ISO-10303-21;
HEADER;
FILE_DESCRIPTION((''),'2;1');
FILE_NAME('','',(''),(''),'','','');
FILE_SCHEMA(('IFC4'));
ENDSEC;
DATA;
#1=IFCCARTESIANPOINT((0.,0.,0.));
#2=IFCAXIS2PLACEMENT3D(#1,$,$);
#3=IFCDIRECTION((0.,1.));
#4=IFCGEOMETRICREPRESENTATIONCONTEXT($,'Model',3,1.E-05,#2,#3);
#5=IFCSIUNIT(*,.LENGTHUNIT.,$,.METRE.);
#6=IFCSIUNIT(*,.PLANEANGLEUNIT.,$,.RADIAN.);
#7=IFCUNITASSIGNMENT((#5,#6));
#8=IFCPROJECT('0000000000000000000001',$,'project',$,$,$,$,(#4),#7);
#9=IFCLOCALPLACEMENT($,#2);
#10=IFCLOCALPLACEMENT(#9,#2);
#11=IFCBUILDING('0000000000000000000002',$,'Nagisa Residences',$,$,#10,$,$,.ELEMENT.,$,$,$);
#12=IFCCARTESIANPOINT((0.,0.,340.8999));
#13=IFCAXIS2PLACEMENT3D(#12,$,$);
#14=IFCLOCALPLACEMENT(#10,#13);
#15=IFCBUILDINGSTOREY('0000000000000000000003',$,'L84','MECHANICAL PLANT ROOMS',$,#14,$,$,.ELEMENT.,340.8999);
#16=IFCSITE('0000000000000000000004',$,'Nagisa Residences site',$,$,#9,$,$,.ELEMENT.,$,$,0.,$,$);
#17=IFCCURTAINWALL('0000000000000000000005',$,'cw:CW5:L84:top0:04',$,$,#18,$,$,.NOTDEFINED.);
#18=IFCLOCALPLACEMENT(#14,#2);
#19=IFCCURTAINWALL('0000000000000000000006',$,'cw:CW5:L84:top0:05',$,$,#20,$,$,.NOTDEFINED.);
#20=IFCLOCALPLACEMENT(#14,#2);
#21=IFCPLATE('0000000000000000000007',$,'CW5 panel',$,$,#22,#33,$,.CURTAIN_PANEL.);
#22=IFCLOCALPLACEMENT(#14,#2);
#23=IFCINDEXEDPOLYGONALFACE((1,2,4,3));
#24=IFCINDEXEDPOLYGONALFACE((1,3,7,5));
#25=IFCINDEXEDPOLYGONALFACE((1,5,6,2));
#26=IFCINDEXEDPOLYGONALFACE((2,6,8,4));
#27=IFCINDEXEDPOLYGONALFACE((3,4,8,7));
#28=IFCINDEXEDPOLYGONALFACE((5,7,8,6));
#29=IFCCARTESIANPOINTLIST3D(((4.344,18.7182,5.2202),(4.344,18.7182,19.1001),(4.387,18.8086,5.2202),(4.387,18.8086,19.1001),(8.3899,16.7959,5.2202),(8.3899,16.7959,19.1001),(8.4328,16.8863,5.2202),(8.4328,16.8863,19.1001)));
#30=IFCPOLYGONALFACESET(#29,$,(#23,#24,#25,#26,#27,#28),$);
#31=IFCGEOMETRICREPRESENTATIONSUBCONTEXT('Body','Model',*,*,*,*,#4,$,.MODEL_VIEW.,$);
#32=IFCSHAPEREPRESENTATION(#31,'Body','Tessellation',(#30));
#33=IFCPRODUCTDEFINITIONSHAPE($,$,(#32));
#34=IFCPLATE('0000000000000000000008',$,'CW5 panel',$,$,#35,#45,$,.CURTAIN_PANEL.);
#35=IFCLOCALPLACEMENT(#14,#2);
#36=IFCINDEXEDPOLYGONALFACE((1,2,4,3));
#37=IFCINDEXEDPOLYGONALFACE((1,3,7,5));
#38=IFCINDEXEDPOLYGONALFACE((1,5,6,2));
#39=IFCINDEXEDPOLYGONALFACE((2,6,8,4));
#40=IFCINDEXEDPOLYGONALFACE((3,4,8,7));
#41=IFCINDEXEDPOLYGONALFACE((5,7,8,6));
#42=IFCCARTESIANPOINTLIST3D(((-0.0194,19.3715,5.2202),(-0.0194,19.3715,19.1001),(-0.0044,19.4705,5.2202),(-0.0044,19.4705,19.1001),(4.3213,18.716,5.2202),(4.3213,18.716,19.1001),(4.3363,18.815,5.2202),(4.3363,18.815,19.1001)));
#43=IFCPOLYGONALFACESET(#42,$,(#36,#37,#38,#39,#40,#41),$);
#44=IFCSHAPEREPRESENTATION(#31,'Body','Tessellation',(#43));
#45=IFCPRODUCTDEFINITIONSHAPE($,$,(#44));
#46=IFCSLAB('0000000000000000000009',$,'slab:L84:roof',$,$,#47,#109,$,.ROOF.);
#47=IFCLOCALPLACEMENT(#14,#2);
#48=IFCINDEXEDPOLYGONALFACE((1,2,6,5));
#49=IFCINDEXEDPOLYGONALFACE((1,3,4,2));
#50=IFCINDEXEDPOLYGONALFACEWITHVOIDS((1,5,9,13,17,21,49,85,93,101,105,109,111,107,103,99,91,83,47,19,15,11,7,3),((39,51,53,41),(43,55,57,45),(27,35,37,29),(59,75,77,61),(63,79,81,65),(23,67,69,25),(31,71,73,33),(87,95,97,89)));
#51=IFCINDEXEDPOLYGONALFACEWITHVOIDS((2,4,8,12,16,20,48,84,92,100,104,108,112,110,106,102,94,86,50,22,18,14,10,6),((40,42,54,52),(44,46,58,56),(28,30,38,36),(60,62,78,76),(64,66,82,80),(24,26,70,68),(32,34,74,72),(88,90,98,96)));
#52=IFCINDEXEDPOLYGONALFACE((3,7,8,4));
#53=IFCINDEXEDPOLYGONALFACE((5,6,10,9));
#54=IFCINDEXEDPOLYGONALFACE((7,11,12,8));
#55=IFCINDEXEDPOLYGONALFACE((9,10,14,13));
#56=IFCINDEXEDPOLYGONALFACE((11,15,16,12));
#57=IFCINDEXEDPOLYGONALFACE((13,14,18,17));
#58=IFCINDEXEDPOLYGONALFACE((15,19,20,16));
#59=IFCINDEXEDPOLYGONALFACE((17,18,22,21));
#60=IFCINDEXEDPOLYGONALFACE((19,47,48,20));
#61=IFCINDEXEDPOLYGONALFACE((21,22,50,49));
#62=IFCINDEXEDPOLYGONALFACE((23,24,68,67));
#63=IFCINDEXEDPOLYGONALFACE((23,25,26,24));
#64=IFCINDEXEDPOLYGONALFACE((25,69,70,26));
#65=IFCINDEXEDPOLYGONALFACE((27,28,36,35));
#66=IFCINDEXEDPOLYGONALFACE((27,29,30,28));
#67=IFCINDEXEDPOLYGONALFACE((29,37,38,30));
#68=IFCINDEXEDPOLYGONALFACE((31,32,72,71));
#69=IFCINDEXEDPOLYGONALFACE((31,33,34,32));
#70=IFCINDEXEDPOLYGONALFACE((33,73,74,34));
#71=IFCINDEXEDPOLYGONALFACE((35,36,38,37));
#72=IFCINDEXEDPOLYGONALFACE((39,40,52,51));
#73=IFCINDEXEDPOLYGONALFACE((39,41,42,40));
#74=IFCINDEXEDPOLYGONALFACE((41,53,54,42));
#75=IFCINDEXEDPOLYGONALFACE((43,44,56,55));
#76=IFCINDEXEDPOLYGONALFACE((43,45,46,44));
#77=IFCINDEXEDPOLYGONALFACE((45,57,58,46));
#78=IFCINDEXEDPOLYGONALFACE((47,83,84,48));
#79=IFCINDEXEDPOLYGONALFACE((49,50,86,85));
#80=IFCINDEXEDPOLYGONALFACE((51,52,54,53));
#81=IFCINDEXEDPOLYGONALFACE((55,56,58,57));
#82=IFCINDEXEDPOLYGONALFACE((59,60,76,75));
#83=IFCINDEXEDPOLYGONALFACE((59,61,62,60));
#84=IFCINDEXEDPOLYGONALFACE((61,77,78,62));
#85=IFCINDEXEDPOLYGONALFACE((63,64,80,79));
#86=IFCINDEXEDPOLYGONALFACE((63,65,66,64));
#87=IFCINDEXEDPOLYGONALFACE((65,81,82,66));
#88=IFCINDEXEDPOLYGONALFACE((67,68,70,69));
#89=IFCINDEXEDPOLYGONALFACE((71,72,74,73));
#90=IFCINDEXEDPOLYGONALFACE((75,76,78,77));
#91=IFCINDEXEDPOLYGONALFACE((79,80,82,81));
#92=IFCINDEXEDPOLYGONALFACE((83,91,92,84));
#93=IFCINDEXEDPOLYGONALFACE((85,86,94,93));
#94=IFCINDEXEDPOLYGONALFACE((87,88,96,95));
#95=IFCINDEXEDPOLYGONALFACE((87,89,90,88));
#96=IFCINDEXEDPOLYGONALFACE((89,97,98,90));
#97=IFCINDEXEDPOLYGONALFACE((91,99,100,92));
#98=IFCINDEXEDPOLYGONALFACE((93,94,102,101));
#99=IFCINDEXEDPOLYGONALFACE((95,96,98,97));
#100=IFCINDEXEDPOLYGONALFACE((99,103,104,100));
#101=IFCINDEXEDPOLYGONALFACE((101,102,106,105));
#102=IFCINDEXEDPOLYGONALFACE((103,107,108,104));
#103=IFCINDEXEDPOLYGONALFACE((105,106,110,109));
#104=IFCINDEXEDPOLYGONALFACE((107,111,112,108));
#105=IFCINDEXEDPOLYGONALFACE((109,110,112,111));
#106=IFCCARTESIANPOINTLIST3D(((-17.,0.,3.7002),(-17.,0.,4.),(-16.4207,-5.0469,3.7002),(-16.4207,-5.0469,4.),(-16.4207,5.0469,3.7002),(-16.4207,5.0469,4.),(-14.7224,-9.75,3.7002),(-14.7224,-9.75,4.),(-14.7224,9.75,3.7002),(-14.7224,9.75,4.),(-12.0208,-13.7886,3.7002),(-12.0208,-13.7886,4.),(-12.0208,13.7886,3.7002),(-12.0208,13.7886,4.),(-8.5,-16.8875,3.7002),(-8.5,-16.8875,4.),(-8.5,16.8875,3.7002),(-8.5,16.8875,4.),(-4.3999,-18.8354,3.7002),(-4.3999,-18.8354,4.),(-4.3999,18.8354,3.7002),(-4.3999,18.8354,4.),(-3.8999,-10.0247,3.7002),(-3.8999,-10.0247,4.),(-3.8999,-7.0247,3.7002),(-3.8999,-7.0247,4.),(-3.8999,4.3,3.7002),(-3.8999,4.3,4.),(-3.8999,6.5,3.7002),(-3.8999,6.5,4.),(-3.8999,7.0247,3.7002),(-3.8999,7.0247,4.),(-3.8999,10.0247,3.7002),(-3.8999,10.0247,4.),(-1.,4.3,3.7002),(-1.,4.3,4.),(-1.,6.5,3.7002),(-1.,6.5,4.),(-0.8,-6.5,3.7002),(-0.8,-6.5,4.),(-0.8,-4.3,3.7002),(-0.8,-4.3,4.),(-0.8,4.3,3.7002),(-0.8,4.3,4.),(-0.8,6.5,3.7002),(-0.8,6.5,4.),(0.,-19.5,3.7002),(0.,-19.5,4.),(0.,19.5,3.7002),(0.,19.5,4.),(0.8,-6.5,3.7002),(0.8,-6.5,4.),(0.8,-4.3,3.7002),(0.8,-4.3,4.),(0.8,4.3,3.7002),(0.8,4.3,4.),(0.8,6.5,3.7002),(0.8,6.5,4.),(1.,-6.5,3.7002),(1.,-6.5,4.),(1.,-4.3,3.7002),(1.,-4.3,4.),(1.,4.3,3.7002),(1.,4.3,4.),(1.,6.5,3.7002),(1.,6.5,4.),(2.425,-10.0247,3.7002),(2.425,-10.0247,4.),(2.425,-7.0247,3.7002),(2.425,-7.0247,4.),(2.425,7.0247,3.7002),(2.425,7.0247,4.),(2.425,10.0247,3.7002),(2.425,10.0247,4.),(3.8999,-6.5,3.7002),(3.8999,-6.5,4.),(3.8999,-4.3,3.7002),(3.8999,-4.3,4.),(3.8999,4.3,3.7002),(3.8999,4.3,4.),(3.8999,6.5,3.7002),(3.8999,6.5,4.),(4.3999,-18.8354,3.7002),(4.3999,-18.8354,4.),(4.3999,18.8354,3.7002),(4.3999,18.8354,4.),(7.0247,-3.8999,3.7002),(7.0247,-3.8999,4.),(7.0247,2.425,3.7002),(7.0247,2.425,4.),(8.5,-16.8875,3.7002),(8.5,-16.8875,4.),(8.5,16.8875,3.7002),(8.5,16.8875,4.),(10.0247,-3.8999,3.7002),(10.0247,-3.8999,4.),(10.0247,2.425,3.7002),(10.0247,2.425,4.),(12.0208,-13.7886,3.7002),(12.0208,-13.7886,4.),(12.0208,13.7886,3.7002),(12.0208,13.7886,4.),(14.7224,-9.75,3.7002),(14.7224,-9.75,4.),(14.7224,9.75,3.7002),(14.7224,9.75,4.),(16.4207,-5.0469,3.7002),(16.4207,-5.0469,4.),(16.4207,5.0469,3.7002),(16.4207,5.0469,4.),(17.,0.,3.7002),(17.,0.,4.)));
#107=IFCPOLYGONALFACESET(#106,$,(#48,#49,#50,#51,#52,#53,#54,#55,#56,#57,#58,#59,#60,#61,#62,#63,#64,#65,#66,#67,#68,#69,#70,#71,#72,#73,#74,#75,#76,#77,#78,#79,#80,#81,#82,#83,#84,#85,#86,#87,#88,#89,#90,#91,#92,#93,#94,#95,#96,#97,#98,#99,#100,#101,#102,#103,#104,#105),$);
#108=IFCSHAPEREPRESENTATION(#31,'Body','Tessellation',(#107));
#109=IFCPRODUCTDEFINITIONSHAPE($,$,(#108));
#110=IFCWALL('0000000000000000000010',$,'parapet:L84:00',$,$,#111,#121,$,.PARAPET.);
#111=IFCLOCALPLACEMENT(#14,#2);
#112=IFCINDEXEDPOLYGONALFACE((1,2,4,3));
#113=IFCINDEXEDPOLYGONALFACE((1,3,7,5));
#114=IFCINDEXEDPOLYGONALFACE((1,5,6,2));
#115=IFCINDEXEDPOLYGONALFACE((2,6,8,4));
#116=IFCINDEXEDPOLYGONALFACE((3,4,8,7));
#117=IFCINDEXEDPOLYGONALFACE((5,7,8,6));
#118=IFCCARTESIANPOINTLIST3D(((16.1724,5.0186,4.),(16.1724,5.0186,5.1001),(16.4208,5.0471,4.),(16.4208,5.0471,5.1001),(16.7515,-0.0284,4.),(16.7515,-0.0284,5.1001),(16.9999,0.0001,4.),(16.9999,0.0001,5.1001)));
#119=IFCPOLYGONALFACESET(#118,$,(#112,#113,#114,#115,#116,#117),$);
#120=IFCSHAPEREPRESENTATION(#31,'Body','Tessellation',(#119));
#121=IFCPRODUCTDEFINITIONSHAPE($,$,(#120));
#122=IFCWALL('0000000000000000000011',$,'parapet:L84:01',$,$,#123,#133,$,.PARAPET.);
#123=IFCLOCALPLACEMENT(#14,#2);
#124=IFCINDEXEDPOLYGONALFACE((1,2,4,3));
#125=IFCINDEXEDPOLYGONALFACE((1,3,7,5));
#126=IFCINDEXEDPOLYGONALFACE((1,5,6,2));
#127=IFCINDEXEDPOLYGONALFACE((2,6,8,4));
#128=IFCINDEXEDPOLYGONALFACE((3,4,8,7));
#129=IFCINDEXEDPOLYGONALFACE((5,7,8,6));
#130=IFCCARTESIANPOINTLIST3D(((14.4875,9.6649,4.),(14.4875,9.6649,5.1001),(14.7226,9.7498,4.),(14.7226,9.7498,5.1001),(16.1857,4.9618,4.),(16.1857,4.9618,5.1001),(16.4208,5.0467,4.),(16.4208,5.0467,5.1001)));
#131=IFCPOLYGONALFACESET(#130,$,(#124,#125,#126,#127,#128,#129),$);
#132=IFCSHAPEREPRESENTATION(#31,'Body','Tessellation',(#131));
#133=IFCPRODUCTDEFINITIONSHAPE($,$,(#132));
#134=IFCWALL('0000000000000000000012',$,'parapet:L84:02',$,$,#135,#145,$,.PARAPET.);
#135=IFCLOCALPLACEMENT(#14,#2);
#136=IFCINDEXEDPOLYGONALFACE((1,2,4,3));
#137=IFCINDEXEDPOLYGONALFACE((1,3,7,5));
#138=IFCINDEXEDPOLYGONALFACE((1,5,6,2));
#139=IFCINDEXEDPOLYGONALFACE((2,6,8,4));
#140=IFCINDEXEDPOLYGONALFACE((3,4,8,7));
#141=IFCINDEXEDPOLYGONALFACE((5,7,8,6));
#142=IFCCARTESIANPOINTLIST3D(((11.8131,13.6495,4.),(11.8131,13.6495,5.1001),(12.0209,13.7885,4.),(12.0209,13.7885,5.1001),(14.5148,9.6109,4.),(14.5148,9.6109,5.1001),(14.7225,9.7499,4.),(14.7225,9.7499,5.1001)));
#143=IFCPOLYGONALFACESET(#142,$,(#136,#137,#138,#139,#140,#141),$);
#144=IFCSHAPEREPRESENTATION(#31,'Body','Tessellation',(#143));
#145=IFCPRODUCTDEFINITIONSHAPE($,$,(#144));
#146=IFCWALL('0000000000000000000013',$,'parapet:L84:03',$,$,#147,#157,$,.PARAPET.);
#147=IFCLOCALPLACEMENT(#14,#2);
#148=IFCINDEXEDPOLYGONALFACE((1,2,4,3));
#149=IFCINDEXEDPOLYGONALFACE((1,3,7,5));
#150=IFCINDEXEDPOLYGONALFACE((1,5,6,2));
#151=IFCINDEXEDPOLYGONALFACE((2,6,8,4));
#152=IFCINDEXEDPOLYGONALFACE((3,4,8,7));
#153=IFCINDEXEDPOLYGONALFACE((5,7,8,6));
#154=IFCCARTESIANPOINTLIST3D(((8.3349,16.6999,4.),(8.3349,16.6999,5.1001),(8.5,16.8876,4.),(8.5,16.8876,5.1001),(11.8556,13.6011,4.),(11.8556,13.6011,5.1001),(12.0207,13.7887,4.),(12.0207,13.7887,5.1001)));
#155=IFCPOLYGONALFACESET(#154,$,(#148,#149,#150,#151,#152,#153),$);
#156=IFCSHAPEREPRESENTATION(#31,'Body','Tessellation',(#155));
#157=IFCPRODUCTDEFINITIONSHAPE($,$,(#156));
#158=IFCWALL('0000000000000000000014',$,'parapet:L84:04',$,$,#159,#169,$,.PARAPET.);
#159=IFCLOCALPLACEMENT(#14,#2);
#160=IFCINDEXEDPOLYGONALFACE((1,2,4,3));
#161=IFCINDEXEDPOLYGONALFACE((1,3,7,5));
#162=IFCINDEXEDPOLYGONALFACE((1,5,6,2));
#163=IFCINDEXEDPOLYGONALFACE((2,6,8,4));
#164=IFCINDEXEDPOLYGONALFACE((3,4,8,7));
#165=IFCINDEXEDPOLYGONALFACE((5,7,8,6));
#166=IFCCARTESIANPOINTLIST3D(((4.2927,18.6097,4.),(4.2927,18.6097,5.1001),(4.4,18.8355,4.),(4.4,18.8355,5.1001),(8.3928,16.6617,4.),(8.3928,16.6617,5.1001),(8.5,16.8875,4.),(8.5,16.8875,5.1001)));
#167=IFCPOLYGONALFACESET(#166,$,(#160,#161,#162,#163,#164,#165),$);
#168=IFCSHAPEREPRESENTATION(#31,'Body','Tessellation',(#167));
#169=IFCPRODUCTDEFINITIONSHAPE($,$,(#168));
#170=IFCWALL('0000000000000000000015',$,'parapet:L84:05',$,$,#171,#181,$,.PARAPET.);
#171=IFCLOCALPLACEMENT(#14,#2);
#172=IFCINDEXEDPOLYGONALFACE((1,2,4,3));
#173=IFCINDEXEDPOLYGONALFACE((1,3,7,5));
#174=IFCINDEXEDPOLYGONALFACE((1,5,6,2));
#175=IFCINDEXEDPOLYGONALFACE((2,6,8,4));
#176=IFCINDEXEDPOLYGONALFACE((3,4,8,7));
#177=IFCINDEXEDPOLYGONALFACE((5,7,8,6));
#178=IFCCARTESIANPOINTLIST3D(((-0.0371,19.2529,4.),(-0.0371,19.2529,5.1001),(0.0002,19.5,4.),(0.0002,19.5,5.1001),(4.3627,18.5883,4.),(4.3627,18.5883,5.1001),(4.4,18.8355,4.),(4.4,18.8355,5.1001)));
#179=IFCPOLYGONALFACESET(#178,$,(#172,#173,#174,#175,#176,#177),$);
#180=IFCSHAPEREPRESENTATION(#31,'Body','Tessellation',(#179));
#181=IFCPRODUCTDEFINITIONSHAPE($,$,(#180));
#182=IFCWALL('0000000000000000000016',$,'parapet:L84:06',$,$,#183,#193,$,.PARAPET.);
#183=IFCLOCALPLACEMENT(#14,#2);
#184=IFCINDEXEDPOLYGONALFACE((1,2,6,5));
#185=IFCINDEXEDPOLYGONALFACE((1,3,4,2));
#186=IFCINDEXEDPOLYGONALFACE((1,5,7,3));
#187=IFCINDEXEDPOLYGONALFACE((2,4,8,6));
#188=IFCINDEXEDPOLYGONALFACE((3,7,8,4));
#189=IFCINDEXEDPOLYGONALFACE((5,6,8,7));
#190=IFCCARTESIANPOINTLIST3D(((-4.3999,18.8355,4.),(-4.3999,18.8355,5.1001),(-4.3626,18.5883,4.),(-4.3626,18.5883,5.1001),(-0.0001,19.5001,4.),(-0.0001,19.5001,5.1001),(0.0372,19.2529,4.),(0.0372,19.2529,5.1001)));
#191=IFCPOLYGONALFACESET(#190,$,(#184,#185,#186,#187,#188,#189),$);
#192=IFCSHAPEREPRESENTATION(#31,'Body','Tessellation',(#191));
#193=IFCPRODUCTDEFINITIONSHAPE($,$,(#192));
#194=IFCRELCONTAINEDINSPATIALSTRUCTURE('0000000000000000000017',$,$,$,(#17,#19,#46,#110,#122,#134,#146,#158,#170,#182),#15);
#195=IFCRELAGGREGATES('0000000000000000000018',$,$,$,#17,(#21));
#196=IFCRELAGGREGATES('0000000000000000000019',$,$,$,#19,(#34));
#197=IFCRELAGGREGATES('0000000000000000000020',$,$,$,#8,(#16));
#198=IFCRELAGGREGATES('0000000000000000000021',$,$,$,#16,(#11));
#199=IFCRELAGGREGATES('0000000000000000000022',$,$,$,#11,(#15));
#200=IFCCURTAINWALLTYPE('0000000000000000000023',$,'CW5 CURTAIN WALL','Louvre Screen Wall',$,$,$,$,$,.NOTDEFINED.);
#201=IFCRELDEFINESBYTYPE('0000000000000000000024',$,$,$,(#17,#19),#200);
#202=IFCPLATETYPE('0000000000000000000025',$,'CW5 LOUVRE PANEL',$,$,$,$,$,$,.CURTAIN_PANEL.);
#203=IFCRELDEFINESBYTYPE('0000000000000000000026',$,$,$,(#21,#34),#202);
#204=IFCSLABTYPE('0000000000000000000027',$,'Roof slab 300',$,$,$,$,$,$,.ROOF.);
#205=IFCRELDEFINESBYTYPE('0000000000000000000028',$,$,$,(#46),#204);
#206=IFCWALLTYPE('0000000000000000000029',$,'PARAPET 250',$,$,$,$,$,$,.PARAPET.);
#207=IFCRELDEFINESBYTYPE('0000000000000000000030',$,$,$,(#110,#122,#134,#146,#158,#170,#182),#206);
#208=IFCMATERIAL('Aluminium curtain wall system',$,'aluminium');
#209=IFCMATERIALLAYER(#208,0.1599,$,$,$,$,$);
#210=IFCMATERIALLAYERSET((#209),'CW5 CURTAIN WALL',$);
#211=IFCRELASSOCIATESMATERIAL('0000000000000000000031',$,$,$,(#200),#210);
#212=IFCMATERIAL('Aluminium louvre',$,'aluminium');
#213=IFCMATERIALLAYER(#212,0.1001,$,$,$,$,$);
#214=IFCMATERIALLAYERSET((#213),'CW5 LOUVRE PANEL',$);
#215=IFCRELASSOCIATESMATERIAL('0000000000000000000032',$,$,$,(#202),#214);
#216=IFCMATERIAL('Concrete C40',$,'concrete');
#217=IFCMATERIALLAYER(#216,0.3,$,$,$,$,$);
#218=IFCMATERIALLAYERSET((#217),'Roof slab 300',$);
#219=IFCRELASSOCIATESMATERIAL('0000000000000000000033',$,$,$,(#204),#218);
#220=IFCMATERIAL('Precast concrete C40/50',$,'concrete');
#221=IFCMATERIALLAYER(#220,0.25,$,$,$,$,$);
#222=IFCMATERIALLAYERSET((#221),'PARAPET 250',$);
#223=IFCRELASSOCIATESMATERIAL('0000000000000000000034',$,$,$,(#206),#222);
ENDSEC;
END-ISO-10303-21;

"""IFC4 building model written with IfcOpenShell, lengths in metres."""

from ifc_helpers import new_model, si_unit, direction, frame, frame_2d, origin, origin_2d, place, context, subcontext, project, spatial, polyline, rectangle, outline, extrude, material, layer, layer_set, type_object, element, aggregate, save


model = new_model("IFC4")

# Units and contexts
model_context = context("Model", 3, precision=1e-05, world=origin(), true_north=direction((0.0, 1.0)))
body_context = subcontext(model_context, "Body", "Model", "MODEL_VIEW")
ifc_project = project(units=[si_unit("LENGTHUNIT", "METRE"), si_unit("PLANEANGLEUNIT", "RADIAN")], contexts=[model_context])

# Site, building, storey
site_placement = place(None, origin())
site = spatial("IfcSite", under=ifc_project, at=site_placement, Name="Nagisa Residences site", CompositionType="ELEMENT", RefElevation=0.0)
building_placement = place(site_placement, origin())
building = spatial("IfcBuilding", under=site, at=building_placement, Name="Nagisa Residences", CompositionType="ELEMENT")
storey_placement = place(building_placement, frame((0.0, 0.0, 340.8999)))
storey = spatial("IfcBuildingStorey", under=building, at=storey_placement, Name="L84", Description="MECHANICAL PLANT ROOMS", CompositionType="ELEMENT", Elevation=340.8999)

# Curtain walls
ifc_material_1 = material(Name="Aluminium curtain wall system", Category="aluminium")
ifc_layer_1 = layer(ifc_material_1, 0.1599)
ifc_layer_set_1 = layer_set([ifc_layer_1], Name="CW5 CURTAIN WALL")
curtain_wall_type = type_object("IfcCurtainWallType", Name="CW5 CURTAIN WALL", Description="Louvre Screen Wall", PredefinedType="NOTDEFINED", material=ifc_layer_set_1)
curtain_wall_1_placement = place(storey_placement, origin())
curtain_wall_1 = element("IfcCurtainWall", 1, at=curtain_wall_1_placement, inside=storey, type_object=curtain_wall_type, Name="cw:CW5:L84:top0:04", PredefinedType="NOTDEFINED")
curtain_wall_2_placement = place(storey_placement, origin())
curtain_wall_2 = element("IfcCurtainWall", 2, at=curtain_wall_2_placement, inside=storey, type_object=curtain_wall_type, Name="cw:CW5:L84:top0:05", PredefinedType="NOTDEFINED")

# Plates
ifc_material_2 = material(Name="Aluminium louvre", Category="aluminium")
ifc_layer_2 = layer(ifc_material_2, 0.1001)
ifc_layer_set_2 = layer_set([ifc_layer_2], Name="CW5 LOUVRE PANEL")
plate_type = type_object("IfcPlateType", Name="CW5 LOUVRE PANEL", PredefinedType="CURTAIN_PANEL", material=ifc_layer_set_2)
plate_1_placement = place(storey_placement, frame((6.3884, 17.8022, 5.2202), z_axis=(0.0, 0.0, 1.0), x_axis=(-0.903233, 0.429151, 0.0)))
plate_1 = element("IfcPlate", 3, at=plate_1_placement, type_object=plate_type, Name="CW5 panel", PredefinedType="CURTAIN_PANEL", context=body_context, shape_type="SweptSolid", body=[
    extrude(rectangle(XDim=4.4792, YDim=0.1001, at=origin_2d()), origin(), (0.0, 0.0, 1.0), 13.8799),
])
aggregate(curtain_wall_1, [plate_1])
plate_2_placement = place(storey_placement, frame((2.1584, 19.0933, 5.2202), z_axis=(0.0, 0.0, 1.0), x_axis=(-0.988789, 0.14932, 0.0)))
plate_2 = element("IfcPlate", 4, at=plate_2_placement, type_object=plate_type, Name="CW5 panel", PredefinedType="CURTAIN_PANEL", context=body_context, shape_type="SweptSolid", body=[
    extrude(rectangle(XDim=4.3899, YDim=0.1001, at=origin_2d()), origin(), (0.0, 0.0, 1.0), 13.8799),
])
aggregate(curtain_wall_2, [plate_2])

# Slab
ifc_material_3 = material(Name="Concrete C40", Category="concrete")
ifc_layer_3 = layer(ifc_material_3, 0.3)
ifc_layer_set_3 = layer_set([ifc_layer_3], Name="Roof slab 300")
slab_type = type_object("IfcSlabType", Name="Roof slab 300", PredefinedType="ROOF", material=ifc_layer_set_3)
slab_placement = place(storey_placement, frame((0.0, 0.0, 3.7002)))
element("IfcSlab", 5, at=slab_placement, inside=storey, type_object=slab_type, Name="slab:L84:roof", PredefinedType="ROOF", context=body_context, shape_type="SweptSolid", body=[
    extrude(outline(polyline([(17.0, 0.0), (16.4207, 5.0469), (14.7224, 9.75), (12.0208, 13.7886), (8.5, 16.8875), (4.3999, 18.8354), (0.0, 19.5), (-4.3999, 18.8354), (-8.5, 16.8875), (-12.0208, 13.7886), (-14.7224, 9.75), (-16.4207, 5.0469), (-17.0, 0.0), (-16.4207, -5.0469), (-14.7224, -9.75), (-12.0208, -13.7886), (-8.5, -16.8875), (-4.3999, -18.8354), (0.0, -19.5), (4.3999, -18.8354), (8.5, -16.8875), (12.0208, -13.7886), (14.7224, -9.75), (16.4207, -5.0469), (17.0, 0.0)]), holes=[polyline([(3.8999, 4.3), (3.8999, 6.5), (1.0, 6.5), (1.0, 4.3), (3.8999, 4.3)]), polyline([(3.8999, -6.5), (3.8999, -4.3), (1.0, -4.3), (1.0, -6.5), (3.8999, -6.5)]), polyline([(-1.0, 4.3), (-1.0, 6.5), (-3.8999, 6.5), (-3.8999, 4.3), (-1.0, 4.3)]), polyline([(0.8, 4.3), (0.8, 6.5), (-0.8, 6.5), (-0.8, 4.3), (0.8, 4.3)]), polyline([(0.8, -6.5), (0.8, -4.3), (-0.8, -4.3), (-0.8, -6.5), (0.8, -6.5)]), polyline([(10.0247, -3.8999), (7.0247, -3.8999), (7.0247, 2.425), (10.0247, 2.425), (10.0247, -3.8999)]), polyline([(-3.8999, 7.0247), (-3.8999, 10.0247), (2.425, 10.0247), (2.425, 7.0247), (-3.8999, 7.0247)]), polyline([(-3.8999, -10.0247), (-3.8999, -7.0247), (2.425, -7.0247), (2.425, -10.0247), (-3.8999, -10.0247)])]), origin(), (0.0, 0.0, 1.0), 0.2998),
])

# Walls
ifc_material_4 = material(Name="Precast concrete C40/50", Category="concrete")
ifc_layer_4 = layer(ifc_material_4, 0.25)
ifc_layer_set_4 = layer_set([ifc_layer_4], Name="PARAPET 250")
wall_type = type_object("IfcWallType", Name="PARAPET 250", PredefinedType="PARAPET", material=ifc_layer_set_4)
wall_1_placement = place(storey_placement, frame((16.8757, -0.0142, 4.0), z_axis=(0.0, 0.0, 1.0), x_axis=(-0.113997, 0.993481, 0.0)))
element("IfcWall", 6, at=wall_1_placement, inside=storey, type_object=wall_type, Name="parapet:L84:00", PredefinedType="PARAPET", context=body_context, shape_type="SweptSolid", body=[
    extrude(rectangle(XDim=5.0801, YDim=0.25, at=frame_2d((2.54, 0.0))), origin(), (0.0, 0.0, 1.0), 1.1001),
])
wall_2_placement = place(storey_placement, frame((16.3032, 5.0044, 4.0), z_axis=(0.0, 0.0, 1.0), x_axis=(-0.339625, 0.940561, 0.0)))
element("IfcWall", 7, at=wall_2_placement, inside=storey, type_object=wall_type, Name="parapet:L84:01", PredefinedType="PARAPET", context=body_context, shape_type="SweptSolid", body=[
    extrude(rectangle(XDim=5.0002, YDim=0.25, at=frame_2d((2.5, 0.0))), origin(), (0.0, 0.0, 1.0), 1.1001),
])
wall_3_placement = place(storey_placement, frame((14.6187, 9.6804, 4.0), z_axis=(0.0, 0.0, 1.0), x_axis=(-0.556021, 0.831168, 0.0)))
element("IfcWall", 8, at=wall_3_placement, inside=storey, type_object=wall_type, Name="parapet:L84:02", PredefinedType="PARAPET", context=body_context, shape_type="SweptSolid", body=[
    extrude(rectangle(XDim=4.8589, YDim=0.25, at=frame_2d((2.4294, 0.0))), origin(), (0.0, 0.0, 1.0), 1.1001),
])
wall_4_placement = place(storey_placement, frame((11.9382, 13.6948, 4.0), z_axis=(0.0, 0.0, 1.0), x_axis=(-0.750648, 0.660702, 0.0)))
element("IfcWall", 9, at=wall_4_placement, inside=storey, type_object=wall_type, Name="parapet:L84:03", PredefinedType="PARAPET", context=body_context, shape_type="SweptSolid", body=[
    extrude(rectangle(XDim=4.6902, YDim=0.25, at=frame_2d((2.3452, 0.0))), origin(), (0.0, 0.0, 1.0), 1.1001),
])
wall_5_placement = place(storey_placement, frame((8.4463, 16.7747, 4.0), z_axis=(0.0, 0.0, 1.0), x_axis=(-0.903239, 0.429138, 0.0)))
element("IfcWall", 10, at=wall_5_placement, inside=storey, type_object=wall_type, Name="parapet:L84:04", PredefinedType="PARAPET", context=body_context, shape_type="SweptSolid", body=[
    extrude(rectangle(XDim=4.5393, YDim=0.25, at=frame_2d((2.2695, 0.0))), origin(), (0.0, 0.0, 1.0), 1.1001),
])
for number, where, z_axis, x_axis, name in (
    (11, (4.3813, 18.7119, 4.0), (0.0, 0.0, 1.0), (-0.988785, 0.149344, 0.0), "parapet:L84:05"),
    (12, (0.0186, 19.3765, 4.0), (0.0, 0.0, 1.0), (-0.988785, -0.149344, 0.0), "parapet:L84:06"),
):
    element("IfcWall", number, at=place(storey_placement, frame(where, z_axis=z_axis, x_axis=x_axis)), inside=storey, type_object=wall_type, Name=name, PredefinedType="PARAPET", context=body_context, shape_type="SweptSolid", body=[
        extrude(rectangle(XDim=4.4497, YDim=0.25, at=frame_2d((2.2249, 0.0))), origin(), (0.0, 0.0, 1.0), 1.1001),
    ])

save(model, "model.ifc")
